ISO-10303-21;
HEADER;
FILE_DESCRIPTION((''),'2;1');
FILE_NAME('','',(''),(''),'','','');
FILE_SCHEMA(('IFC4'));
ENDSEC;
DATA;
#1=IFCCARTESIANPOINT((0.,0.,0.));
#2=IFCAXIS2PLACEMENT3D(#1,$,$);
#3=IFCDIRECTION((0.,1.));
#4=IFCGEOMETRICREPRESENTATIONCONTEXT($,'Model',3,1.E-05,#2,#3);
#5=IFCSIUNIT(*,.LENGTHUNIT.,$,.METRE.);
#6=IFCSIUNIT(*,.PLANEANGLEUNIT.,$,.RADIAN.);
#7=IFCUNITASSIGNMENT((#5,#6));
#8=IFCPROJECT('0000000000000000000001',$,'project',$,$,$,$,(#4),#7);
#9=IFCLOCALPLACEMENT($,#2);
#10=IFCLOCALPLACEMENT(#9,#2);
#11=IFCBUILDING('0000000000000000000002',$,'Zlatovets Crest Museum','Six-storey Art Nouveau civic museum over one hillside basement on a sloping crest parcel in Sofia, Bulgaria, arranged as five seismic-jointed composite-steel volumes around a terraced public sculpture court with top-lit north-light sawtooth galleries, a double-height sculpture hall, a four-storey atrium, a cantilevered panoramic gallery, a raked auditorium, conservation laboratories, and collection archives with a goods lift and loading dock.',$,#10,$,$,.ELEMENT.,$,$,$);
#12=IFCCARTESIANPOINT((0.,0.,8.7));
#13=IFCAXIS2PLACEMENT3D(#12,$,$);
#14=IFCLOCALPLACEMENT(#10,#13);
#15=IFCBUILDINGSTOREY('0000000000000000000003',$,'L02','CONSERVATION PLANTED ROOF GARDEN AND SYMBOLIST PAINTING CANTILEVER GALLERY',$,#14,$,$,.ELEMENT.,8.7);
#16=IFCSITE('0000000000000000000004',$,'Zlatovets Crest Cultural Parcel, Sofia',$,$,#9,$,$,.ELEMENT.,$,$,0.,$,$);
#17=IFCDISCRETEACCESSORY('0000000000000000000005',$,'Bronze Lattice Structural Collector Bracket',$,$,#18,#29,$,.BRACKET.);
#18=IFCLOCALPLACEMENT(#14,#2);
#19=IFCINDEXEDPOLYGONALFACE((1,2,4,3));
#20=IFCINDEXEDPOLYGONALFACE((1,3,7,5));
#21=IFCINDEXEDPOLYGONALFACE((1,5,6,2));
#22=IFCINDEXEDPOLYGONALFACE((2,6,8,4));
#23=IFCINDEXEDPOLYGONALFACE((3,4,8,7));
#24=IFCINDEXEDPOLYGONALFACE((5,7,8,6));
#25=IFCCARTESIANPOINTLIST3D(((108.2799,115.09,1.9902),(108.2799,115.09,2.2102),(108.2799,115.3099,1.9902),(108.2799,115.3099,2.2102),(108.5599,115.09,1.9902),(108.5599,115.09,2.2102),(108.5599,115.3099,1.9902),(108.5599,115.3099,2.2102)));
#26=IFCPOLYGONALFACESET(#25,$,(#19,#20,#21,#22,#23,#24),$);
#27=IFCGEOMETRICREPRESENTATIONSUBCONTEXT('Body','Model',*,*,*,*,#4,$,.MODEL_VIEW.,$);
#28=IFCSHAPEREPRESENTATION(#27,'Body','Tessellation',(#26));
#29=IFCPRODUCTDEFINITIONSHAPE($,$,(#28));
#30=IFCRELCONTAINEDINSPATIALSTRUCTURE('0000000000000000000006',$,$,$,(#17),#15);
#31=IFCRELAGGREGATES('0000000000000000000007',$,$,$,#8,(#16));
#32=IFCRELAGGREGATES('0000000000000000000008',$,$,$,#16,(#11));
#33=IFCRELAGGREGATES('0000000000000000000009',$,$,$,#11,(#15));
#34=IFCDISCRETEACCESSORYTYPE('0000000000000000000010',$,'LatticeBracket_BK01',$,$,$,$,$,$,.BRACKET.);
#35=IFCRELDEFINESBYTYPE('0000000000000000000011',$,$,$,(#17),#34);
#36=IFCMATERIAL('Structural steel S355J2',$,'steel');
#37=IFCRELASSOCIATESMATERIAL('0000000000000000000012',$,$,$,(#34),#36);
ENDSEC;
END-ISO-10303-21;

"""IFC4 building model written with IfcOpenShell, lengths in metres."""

from ifc_helpers import new_model, si_unit, direction, frame, origin, origin_2d, place, context, subcontext, project, spatial, rectangle, extrude, material, type_object, element, save


model = new_model("IFC4")

# Units and contexts
model_context = context("Model", 3, precision=1e-05, world=origin(), true_north=direction((0.0, 1.0)))
body_context = subcontext(model_context, "Body", "Model", "MODEL_VIEW")
ifc_project = project(units=[si_unit("LENGTHUNIT", "METRE"), si_unit("PLANEANGLEUNIT", "RADIAN")], contexts=[model_context])

# Site, building, storey
site_placement = place(None, origin())
site = spatial("IfcSite", under=ifc_project, at=site_placement, Name="Zlatovets Crest Cultural Parcel, Sofia", CompositionType="ELEMENT", RefElevation=0.0)
building_placement = place(site_placement, origin())
building = spatial("IfcBuilding", under=site, at=building_placement, Name="Zlatovets Crest Museum", Description="Six-storey Art Nouveau civic museum over one hillside basement on a sloping crest parcel in Sofia, Bulgaria, arranged as five seismic-jointed composite-steel volumes around a terraced public sculpture court with top-lit north-light sawtooth galleries, a double-height sculpture hall, a four-storey atrium, a cantilevered panoramic gallery, a raked auditorium, conservation laboratories, and collection archives with a goods lift and loading dock.", CompositionType="ELEMENT")
storey_placement = place(building_placement, frame((0.0, 0.0, 8.7)))
storey = spatial("IfcBuildingStorey", under=building, at=storey_placement, Name="L02", Description="CONSERVATION PLANTED ROOF GARDEN AND SYMBOLIST PAINTING CANTILEVER GALLERY", CompositionType="ELEMENT", Elevation=8.7)

# Shared definitions
ifc_material_1 = material(Name="Structural steel S355J2", Category="steel")

# Discrete accessory
discrete_accessory_type = type_object("IfcDiscreteAccessoryType", Name="LatticeBracket_BK01", PredefinedType="BRACKET", material=ifc_material_1)
for number, where, z_axis, x_axis, name in (
    (1, (108.4199, 115.2, 1.9902), (0.0, 0.0, 1.0), (1.0, 0.0, 0.0), "Bronze Lattice Structural Collector Bracket"),
):
    element("IfcDiscreteAccessory", number, at=place(storey_placement, frame(where, z_axis=z_axis, x_axis=x_axis)), inside=storey, type_object=discrete_accessory_type, Name=name, PredefinedType="BRACKET", context=body_context, shape_type="SweptSolid", body=[
        extrude(rectangle(XDim=0.28, YDim=0.22, at=origin_2d()), origin(), (0.0, 0.0, 1.0), 0.22),
    ])

save(model, "model.ifc")
